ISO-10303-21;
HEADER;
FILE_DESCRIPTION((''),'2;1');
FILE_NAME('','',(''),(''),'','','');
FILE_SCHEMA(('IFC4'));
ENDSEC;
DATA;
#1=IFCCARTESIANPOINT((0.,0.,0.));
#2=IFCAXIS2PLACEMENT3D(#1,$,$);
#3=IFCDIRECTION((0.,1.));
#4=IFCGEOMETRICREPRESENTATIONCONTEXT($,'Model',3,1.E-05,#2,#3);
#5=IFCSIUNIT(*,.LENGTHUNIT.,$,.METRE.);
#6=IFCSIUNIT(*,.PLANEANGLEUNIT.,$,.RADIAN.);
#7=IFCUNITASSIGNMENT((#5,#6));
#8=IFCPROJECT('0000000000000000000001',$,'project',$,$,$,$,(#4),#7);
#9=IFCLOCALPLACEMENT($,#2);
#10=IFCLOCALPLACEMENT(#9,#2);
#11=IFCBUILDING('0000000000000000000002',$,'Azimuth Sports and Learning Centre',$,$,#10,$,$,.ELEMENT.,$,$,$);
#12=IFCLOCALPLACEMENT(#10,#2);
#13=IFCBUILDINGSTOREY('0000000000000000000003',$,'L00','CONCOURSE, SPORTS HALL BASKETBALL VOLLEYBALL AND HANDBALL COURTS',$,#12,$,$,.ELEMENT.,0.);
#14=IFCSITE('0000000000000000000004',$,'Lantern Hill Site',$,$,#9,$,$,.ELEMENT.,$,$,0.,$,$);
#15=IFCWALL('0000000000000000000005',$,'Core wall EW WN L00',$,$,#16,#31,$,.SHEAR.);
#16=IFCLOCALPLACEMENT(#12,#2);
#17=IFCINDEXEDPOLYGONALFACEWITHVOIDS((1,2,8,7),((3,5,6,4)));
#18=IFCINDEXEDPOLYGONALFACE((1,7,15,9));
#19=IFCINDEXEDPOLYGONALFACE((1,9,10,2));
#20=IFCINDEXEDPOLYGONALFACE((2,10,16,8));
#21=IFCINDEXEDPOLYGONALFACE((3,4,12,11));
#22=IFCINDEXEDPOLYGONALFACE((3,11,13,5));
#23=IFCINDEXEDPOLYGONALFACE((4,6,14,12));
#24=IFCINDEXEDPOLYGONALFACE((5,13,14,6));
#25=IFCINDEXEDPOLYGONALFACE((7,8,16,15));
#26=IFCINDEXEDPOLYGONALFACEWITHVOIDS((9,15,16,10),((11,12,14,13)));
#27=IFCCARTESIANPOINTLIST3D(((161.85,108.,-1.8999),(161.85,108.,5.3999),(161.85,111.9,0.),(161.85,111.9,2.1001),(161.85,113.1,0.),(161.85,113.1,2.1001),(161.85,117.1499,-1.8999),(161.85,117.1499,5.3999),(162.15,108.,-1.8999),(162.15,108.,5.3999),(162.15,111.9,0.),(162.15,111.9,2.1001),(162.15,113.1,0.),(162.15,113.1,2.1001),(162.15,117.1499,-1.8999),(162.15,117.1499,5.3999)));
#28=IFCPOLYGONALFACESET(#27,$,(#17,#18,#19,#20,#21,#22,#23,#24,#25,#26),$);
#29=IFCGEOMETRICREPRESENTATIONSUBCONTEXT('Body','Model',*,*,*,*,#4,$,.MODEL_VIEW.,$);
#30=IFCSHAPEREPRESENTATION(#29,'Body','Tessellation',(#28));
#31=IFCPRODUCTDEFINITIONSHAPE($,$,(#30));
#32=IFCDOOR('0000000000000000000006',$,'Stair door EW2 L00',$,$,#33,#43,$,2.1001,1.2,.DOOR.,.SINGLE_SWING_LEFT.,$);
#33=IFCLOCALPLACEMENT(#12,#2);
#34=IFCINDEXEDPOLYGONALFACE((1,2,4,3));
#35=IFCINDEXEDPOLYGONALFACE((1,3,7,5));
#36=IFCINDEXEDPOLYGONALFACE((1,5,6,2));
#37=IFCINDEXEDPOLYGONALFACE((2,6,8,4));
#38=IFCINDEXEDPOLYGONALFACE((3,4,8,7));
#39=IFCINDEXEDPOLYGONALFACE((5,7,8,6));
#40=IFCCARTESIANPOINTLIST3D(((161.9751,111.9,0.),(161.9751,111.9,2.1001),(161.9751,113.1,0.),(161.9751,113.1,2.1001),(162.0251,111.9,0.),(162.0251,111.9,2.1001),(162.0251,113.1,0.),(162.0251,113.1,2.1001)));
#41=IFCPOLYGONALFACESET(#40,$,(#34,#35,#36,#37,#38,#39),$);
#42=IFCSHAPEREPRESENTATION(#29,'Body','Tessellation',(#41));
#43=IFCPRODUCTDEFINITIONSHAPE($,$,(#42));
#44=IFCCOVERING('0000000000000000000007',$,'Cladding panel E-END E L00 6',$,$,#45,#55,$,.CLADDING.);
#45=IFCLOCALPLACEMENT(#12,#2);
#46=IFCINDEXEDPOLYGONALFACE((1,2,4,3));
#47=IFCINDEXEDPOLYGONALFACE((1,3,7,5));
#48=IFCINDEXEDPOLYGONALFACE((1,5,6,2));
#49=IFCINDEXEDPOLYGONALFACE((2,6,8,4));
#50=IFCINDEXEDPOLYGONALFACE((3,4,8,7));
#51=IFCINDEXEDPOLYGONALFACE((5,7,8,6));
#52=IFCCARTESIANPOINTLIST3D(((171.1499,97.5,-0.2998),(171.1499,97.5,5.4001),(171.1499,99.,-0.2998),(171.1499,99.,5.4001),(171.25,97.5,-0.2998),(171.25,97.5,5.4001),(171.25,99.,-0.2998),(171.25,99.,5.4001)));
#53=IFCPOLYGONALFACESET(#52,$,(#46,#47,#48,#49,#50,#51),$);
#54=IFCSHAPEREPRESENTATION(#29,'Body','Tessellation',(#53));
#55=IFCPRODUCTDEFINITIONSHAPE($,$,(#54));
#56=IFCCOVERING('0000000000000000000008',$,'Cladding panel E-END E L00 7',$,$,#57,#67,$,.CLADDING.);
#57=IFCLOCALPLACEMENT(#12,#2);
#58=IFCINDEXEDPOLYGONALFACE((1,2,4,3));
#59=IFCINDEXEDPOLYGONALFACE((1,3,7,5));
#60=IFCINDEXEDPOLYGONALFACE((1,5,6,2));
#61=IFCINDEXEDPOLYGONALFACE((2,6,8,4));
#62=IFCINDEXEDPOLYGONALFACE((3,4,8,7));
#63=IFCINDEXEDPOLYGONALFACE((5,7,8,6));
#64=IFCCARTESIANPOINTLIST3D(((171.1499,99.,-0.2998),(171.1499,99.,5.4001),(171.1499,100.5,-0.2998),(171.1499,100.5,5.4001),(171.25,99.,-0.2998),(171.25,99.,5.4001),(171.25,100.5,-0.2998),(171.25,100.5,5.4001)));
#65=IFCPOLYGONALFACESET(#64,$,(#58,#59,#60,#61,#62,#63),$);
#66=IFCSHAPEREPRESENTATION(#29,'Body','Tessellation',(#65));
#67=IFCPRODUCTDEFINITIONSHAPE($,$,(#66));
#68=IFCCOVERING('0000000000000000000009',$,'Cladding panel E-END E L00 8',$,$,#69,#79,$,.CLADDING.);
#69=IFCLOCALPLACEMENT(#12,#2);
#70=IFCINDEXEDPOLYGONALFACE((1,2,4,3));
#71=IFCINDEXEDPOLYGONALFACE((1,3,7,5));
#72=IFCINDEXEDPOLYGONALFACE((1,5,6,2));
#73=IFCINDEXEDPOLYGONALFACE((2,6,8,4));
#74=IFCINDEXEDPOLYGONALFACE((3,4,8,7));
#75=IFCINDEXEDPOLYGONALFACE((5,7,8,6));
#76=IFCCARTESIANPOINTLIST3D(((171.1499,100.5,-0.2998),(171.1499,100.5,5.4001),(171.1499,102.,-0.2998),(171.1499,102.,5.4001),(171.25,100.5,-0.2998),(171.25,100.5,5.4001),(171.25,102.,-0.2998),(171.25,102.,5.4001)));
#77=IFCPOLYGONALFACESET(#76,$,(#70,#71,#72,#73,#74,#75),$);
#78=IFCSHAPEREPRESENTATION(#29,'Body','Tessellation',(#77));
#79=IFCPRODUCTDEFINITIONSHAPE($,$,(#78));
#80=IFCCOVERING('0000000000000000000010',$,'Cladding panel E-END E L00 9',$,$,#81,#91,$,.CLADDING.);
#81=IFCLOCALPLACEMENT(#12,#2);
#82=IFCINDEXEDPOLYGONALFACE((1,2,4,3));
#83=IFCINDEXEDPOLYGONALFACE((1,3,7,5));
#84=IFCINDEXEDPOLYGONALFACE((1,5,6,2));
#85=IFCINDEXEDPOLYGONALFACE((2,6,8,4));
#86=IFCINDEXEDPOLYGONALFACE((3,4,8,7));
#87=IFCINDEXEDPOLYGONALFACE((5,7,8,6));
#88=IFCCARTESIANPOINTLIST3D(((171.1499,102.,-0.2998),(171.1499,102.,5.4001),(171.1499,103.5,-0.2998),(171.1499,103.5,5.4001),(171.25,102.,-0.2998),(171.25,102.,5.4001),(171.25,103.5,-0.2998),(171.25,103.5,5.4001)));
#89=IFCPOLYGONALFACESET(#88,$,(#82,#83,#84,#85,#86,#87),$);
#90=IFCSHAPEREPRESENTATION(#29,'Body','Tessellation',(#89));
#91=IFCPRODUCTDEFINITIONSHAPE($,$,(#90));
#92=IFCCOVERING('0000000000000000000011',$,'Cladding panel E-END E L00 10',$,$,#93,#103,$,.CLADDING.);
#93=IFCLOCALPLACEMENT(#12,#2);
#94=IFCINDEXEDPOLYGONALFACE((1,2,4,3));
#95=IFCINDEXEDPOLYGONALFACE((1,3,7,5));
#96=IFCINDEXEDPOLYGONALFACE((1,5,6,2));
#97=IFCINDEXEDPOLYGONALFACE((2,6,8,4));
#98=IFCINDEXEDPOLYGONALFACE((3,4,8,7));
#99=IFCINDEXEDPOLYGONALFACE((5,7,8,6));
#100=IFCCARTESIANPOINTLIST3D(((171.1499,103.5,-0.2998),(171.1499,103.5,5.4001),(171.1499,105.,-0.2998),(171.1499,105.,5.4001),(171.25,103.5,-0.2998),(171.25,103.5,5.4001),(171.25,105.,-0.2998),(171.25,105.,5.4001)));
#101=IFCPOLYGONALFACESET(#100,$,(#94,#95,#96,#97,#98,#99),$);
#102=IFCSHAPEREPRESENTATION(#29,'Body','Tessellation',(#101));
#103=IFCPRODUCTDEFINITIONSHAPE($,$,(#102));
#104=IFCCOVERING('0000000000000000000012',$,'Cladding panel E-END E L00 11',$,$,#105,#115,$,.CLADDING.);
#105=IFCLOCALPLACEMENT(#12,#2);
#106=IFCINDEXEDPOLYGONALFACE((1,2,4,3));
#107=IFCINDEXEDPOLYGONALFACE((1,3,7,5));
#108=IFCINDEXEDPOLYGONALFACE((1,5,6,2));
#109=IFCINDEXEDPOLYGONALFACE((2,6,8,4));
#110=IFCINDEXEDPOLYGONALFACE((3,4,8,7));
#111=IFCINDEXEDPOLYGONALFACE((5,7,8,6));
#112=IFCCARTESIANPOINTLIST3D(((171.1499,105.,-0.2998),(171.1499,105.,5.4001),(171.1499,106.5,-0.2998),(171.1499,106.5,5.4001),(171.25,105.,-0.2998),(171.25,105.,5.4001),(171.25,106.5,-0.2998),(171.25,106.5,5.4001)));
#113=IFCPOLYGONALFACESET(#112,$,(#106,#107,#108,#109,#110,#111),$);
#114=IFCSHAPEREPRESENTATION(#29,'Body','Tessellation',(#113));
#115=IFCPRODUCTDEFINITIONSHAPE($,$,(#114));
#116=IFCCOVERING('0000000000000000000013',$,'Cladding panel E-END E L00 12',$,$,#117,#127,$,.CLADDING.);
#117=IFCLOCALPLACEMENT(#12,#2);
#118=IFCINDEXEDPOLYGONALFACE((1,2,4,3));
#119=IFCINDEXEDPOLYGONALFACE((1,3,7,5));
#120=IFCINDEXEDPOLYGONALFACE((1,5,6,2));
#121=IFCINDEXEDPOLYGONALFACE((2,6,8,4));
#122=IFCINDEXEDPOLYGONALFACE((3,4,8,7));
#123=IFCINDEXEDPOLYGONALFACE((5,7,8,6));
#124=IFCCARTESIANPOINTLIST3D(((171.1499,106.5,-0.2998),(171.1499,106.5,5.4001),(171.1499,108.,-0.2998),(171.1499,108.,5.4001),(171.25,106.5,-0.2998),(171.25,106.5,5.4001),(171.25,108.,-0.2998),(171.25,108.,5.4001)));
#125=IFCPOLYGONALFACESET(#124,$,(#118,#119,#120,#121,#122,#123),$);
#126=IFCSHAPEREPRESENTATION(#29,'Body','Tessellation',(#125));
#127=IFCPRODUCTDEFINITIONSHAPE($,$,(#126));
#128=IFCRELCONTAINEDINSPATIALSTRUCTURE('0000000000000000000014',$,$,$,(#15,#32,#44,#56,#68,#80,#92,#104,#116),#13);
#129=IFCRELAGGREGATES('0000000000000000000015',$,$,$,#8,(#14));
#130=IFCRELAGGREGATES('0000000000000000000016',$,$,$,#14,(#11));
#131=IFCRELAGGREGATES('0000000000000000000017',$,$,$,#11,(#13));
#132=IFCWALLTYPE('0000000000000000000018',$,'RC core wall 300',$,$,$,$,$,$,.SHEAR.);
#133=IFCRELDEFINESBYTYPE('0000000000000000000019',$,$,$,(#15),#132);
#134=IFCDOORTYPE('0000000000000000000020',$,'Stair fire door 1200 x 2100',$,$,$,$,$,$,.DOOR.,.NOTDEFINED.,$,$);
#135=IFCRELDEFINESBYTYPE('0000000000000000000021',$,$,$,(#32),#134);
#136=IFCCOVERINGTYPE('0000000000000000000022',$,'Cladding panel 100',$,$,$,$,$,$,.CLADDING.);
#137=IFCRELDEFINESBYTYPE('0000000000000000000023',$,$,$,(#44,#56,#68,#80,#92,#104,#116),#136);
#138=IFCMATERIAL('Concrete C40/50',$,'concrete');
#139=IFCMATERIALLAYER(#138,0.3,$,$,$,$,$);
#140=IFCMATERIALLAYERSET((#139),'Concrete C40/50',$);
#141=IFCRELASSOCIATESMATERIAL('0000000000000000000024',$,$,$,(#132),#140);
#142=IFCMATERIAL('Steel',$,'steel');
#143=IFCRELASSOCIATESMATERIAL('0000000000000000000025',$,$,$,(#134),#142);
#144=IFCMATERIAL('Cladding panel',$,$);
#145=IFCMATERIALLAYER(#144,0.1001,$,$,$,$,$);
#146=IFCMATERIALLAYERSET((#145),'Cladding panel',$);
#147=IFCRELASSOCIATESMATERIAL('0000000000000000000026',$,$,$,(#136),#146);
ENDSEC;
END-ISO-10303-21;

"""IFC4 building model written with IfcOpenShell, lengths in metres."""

from ifc_helpers import new_model, si_unit, direction, frame, frame_2d, origin, origin_2d, place, context, subcontext, project, spatial, rectangle, extrude, material, layer, layer_set, type_object, element, fill, save


model = new_model("IFC4")

# Units and contexts
model_context = context("Model", 3, precision=1e-05, world=origin(), true_north=direction((0.0, 1.0)))
body_context = subcontext(model_context, "Body", "Model", "MODEL_VIEW")
ifc_project = project(units=[si_unit("LENGTHUNIT", "METRE"), si_unit("PLANEANGLEUNIT", "RADIAN")], contexts=[model_context])

# Site, building, storey
site_placement = place(None, origin())
site = spatial("IfcSite", under=ifc_project, at=site_placement, Name="Lantern Hill Site", CompositionType="ELEMENT", RefElevation=0.0)
building_placement = place(site_placement, origin())
building = spatial("IfcBuilding", under=site, at=building_placement, Name="Azimuth Sports and Learning Centre", CompositionType="ELEMENT")
storey_placement = place(building_placement, origin())
storey = spatial("IfcBuildingStorey", under=building, at=storey_placement, Name="L00", Description="CONCOURSE, SPORTS HALL BASKETBALL VOLLEYBALL AND HANDBALL COURTS", CompositionType="ELEMENT", Elevation=0.0)

# Wall, opening, door
ifc_material_1 = material(Name="Concrete C40/50", Category="concrete")
ifc_layer_1 = layer(ifc_material_1, 0.3)
ifc_layer_set_1 = layer_set([ifc_layer_1], Name="Concrete C40/50")
wall_type_1 = type_object("IfcWallType", Name="RC core wall 300", PredefinedType="SHEAR", material=ifc_layer_set_1)
wall_1_placement = place(storey_placement, frame((162.0, 108.0, -1.8999), z_axis=(0.0, 0.0, 1.0), x_axis=(0.0, 1.0, 0.0)))
wall_1 = element("IfcWall", 1, at=wall_1_placement, inside=storey, type_object=wall_type_1, Name="Core wall EW WN L00", PredefinedType="SHEAR", context=body_context, shape_type="SweptSolid", body=[
    extrude(rectangle(XDim=9.1499, YDim=0.3, at=frame_2d((4.575, 0.0))), origin(), (0.0, 0.0, 1.0), 7.2998),
])
opening_1_placement = place(wall_1_placement, frame((3.8999, 0.0, 1.8999)))
opening_1 = element("IfcOpeningElement", 2, at=opening_1_placement, cuts=wall_1, PredefinedType="OPENING", context=body_context, shape_type="SweptSolid", body=[
    extrude(rectangle(XDim=1.2, YDim=2.1001, at=frame_2d((0.6001, 1.05))), frame((0.0, 0.1611, 0.0), z_axis=(0.0, -1.0, 0.0), x_axis=(1.0, 0.0, 0.0)), (0.0, 0.0, 1.0), 0.322),
])
ifc_material_2 = material(Name="Steel", Category="steel")
door_type_1 = type_object("IfcDoorType", Name="Stair fire door 1200 x 2100", OperationType="NOTDEFINED", PredefinedType="DOOR", material=ifc_material_2)
door_1_placement = place(opening_1_placement, origin())
door_1 = element("IfcDoor", 3, at=door_1_placement, inside=storey, type_object=door_type_1, Name="Stair door EW2 L00", OperationType="SINGLE_SWING_LEFT", OverallHeight=2.1001, OverallWidth=1.2, PredefinedType="DOOR", context=body_context, shape_type="SweptSolid", body=[
    extrude(rectangle(XDim=1.2, YDim=2.1001, at=frame_2d((0.6001, 1.05))), frame((0.0, 0.0249, 0.0), z_axis=(0.0, -1.0, 0.0), x_axis=(1.0, 0.0, 0.0)), (0.0, 0.0, 1.0), 0.05),
])
fill(opening_1, door_1)

# Coverings
ifc_material_3 = material(Name="Cladding panel")
ifc_layer_2 = layer(ifc_material_3, 0.1001)
ifc_layer_set_2 = layer_set([ifc_layer_2], Name="Cladding panel")
covering_type = type_object("IfcCoveringType", Name="Cladding panel 100", PredefinedType="CLADDING", material=ifc_layer_set_2)
for number, where, z_axis, x_axis, name in (
    (4, (171.2, 98.25, -0.2998), (0.0, 0.0, 1.0), (0.0, 1.0, 0.0), "Cladding panel E-END E L00 6"),
    (5, (171.2, 99.75, -0.2998), (0.0, 0.0, 1.0), (0.0, 1.0, 0.0), "Cladding panel E-END E L00 7"),
    (6, (171.2, 101.25, -0.2998), (0.0, 0.0, 1.0), (0.0, 1.0, 0.0), "Cladding panel E-END E L00 8"),
    (7, (171.2, 102.75, -0.2998), (0.0, 0.0, 1.0), (0.0, 1.0, 0.0), "Cladding panel E-END E L00 9"),
    (8, (171.2, 104.25, -0.2998), (0.0, 0.0, 1.0), (0.0, 1.0, 0.0), "Cladding panel E-END E L00 10"),
    (9, (171.2, 105.75, -0.2998), (0.0, 0.0, 1.0), (0.0, 1.0, 0.0), "Cladding panel E-END E L00 11"),
    (10, (171.2, 107.25, -0.2998), (0.0, 0.0, 1.0), (0.0, 1.0, 0.0), "Cladding panel E-END E L00 12"),
):
    element("IfcCovering", number, at=place(storey_placement, frame(where, z_axis=z_axis, x_axis=x_axis)), inside=storey, type_object=covering_type, Name=name, PredefinedType="CLADDING", context=body_context, shape_type="SweptSolid", body=[
        extrude(rectangle(XDim=1.5, YDim=0.1001, at=origin_2d()), origin(), (0.0, 0.0, 1.0), 5.7),
    ])

save(model, "model.ifc")
